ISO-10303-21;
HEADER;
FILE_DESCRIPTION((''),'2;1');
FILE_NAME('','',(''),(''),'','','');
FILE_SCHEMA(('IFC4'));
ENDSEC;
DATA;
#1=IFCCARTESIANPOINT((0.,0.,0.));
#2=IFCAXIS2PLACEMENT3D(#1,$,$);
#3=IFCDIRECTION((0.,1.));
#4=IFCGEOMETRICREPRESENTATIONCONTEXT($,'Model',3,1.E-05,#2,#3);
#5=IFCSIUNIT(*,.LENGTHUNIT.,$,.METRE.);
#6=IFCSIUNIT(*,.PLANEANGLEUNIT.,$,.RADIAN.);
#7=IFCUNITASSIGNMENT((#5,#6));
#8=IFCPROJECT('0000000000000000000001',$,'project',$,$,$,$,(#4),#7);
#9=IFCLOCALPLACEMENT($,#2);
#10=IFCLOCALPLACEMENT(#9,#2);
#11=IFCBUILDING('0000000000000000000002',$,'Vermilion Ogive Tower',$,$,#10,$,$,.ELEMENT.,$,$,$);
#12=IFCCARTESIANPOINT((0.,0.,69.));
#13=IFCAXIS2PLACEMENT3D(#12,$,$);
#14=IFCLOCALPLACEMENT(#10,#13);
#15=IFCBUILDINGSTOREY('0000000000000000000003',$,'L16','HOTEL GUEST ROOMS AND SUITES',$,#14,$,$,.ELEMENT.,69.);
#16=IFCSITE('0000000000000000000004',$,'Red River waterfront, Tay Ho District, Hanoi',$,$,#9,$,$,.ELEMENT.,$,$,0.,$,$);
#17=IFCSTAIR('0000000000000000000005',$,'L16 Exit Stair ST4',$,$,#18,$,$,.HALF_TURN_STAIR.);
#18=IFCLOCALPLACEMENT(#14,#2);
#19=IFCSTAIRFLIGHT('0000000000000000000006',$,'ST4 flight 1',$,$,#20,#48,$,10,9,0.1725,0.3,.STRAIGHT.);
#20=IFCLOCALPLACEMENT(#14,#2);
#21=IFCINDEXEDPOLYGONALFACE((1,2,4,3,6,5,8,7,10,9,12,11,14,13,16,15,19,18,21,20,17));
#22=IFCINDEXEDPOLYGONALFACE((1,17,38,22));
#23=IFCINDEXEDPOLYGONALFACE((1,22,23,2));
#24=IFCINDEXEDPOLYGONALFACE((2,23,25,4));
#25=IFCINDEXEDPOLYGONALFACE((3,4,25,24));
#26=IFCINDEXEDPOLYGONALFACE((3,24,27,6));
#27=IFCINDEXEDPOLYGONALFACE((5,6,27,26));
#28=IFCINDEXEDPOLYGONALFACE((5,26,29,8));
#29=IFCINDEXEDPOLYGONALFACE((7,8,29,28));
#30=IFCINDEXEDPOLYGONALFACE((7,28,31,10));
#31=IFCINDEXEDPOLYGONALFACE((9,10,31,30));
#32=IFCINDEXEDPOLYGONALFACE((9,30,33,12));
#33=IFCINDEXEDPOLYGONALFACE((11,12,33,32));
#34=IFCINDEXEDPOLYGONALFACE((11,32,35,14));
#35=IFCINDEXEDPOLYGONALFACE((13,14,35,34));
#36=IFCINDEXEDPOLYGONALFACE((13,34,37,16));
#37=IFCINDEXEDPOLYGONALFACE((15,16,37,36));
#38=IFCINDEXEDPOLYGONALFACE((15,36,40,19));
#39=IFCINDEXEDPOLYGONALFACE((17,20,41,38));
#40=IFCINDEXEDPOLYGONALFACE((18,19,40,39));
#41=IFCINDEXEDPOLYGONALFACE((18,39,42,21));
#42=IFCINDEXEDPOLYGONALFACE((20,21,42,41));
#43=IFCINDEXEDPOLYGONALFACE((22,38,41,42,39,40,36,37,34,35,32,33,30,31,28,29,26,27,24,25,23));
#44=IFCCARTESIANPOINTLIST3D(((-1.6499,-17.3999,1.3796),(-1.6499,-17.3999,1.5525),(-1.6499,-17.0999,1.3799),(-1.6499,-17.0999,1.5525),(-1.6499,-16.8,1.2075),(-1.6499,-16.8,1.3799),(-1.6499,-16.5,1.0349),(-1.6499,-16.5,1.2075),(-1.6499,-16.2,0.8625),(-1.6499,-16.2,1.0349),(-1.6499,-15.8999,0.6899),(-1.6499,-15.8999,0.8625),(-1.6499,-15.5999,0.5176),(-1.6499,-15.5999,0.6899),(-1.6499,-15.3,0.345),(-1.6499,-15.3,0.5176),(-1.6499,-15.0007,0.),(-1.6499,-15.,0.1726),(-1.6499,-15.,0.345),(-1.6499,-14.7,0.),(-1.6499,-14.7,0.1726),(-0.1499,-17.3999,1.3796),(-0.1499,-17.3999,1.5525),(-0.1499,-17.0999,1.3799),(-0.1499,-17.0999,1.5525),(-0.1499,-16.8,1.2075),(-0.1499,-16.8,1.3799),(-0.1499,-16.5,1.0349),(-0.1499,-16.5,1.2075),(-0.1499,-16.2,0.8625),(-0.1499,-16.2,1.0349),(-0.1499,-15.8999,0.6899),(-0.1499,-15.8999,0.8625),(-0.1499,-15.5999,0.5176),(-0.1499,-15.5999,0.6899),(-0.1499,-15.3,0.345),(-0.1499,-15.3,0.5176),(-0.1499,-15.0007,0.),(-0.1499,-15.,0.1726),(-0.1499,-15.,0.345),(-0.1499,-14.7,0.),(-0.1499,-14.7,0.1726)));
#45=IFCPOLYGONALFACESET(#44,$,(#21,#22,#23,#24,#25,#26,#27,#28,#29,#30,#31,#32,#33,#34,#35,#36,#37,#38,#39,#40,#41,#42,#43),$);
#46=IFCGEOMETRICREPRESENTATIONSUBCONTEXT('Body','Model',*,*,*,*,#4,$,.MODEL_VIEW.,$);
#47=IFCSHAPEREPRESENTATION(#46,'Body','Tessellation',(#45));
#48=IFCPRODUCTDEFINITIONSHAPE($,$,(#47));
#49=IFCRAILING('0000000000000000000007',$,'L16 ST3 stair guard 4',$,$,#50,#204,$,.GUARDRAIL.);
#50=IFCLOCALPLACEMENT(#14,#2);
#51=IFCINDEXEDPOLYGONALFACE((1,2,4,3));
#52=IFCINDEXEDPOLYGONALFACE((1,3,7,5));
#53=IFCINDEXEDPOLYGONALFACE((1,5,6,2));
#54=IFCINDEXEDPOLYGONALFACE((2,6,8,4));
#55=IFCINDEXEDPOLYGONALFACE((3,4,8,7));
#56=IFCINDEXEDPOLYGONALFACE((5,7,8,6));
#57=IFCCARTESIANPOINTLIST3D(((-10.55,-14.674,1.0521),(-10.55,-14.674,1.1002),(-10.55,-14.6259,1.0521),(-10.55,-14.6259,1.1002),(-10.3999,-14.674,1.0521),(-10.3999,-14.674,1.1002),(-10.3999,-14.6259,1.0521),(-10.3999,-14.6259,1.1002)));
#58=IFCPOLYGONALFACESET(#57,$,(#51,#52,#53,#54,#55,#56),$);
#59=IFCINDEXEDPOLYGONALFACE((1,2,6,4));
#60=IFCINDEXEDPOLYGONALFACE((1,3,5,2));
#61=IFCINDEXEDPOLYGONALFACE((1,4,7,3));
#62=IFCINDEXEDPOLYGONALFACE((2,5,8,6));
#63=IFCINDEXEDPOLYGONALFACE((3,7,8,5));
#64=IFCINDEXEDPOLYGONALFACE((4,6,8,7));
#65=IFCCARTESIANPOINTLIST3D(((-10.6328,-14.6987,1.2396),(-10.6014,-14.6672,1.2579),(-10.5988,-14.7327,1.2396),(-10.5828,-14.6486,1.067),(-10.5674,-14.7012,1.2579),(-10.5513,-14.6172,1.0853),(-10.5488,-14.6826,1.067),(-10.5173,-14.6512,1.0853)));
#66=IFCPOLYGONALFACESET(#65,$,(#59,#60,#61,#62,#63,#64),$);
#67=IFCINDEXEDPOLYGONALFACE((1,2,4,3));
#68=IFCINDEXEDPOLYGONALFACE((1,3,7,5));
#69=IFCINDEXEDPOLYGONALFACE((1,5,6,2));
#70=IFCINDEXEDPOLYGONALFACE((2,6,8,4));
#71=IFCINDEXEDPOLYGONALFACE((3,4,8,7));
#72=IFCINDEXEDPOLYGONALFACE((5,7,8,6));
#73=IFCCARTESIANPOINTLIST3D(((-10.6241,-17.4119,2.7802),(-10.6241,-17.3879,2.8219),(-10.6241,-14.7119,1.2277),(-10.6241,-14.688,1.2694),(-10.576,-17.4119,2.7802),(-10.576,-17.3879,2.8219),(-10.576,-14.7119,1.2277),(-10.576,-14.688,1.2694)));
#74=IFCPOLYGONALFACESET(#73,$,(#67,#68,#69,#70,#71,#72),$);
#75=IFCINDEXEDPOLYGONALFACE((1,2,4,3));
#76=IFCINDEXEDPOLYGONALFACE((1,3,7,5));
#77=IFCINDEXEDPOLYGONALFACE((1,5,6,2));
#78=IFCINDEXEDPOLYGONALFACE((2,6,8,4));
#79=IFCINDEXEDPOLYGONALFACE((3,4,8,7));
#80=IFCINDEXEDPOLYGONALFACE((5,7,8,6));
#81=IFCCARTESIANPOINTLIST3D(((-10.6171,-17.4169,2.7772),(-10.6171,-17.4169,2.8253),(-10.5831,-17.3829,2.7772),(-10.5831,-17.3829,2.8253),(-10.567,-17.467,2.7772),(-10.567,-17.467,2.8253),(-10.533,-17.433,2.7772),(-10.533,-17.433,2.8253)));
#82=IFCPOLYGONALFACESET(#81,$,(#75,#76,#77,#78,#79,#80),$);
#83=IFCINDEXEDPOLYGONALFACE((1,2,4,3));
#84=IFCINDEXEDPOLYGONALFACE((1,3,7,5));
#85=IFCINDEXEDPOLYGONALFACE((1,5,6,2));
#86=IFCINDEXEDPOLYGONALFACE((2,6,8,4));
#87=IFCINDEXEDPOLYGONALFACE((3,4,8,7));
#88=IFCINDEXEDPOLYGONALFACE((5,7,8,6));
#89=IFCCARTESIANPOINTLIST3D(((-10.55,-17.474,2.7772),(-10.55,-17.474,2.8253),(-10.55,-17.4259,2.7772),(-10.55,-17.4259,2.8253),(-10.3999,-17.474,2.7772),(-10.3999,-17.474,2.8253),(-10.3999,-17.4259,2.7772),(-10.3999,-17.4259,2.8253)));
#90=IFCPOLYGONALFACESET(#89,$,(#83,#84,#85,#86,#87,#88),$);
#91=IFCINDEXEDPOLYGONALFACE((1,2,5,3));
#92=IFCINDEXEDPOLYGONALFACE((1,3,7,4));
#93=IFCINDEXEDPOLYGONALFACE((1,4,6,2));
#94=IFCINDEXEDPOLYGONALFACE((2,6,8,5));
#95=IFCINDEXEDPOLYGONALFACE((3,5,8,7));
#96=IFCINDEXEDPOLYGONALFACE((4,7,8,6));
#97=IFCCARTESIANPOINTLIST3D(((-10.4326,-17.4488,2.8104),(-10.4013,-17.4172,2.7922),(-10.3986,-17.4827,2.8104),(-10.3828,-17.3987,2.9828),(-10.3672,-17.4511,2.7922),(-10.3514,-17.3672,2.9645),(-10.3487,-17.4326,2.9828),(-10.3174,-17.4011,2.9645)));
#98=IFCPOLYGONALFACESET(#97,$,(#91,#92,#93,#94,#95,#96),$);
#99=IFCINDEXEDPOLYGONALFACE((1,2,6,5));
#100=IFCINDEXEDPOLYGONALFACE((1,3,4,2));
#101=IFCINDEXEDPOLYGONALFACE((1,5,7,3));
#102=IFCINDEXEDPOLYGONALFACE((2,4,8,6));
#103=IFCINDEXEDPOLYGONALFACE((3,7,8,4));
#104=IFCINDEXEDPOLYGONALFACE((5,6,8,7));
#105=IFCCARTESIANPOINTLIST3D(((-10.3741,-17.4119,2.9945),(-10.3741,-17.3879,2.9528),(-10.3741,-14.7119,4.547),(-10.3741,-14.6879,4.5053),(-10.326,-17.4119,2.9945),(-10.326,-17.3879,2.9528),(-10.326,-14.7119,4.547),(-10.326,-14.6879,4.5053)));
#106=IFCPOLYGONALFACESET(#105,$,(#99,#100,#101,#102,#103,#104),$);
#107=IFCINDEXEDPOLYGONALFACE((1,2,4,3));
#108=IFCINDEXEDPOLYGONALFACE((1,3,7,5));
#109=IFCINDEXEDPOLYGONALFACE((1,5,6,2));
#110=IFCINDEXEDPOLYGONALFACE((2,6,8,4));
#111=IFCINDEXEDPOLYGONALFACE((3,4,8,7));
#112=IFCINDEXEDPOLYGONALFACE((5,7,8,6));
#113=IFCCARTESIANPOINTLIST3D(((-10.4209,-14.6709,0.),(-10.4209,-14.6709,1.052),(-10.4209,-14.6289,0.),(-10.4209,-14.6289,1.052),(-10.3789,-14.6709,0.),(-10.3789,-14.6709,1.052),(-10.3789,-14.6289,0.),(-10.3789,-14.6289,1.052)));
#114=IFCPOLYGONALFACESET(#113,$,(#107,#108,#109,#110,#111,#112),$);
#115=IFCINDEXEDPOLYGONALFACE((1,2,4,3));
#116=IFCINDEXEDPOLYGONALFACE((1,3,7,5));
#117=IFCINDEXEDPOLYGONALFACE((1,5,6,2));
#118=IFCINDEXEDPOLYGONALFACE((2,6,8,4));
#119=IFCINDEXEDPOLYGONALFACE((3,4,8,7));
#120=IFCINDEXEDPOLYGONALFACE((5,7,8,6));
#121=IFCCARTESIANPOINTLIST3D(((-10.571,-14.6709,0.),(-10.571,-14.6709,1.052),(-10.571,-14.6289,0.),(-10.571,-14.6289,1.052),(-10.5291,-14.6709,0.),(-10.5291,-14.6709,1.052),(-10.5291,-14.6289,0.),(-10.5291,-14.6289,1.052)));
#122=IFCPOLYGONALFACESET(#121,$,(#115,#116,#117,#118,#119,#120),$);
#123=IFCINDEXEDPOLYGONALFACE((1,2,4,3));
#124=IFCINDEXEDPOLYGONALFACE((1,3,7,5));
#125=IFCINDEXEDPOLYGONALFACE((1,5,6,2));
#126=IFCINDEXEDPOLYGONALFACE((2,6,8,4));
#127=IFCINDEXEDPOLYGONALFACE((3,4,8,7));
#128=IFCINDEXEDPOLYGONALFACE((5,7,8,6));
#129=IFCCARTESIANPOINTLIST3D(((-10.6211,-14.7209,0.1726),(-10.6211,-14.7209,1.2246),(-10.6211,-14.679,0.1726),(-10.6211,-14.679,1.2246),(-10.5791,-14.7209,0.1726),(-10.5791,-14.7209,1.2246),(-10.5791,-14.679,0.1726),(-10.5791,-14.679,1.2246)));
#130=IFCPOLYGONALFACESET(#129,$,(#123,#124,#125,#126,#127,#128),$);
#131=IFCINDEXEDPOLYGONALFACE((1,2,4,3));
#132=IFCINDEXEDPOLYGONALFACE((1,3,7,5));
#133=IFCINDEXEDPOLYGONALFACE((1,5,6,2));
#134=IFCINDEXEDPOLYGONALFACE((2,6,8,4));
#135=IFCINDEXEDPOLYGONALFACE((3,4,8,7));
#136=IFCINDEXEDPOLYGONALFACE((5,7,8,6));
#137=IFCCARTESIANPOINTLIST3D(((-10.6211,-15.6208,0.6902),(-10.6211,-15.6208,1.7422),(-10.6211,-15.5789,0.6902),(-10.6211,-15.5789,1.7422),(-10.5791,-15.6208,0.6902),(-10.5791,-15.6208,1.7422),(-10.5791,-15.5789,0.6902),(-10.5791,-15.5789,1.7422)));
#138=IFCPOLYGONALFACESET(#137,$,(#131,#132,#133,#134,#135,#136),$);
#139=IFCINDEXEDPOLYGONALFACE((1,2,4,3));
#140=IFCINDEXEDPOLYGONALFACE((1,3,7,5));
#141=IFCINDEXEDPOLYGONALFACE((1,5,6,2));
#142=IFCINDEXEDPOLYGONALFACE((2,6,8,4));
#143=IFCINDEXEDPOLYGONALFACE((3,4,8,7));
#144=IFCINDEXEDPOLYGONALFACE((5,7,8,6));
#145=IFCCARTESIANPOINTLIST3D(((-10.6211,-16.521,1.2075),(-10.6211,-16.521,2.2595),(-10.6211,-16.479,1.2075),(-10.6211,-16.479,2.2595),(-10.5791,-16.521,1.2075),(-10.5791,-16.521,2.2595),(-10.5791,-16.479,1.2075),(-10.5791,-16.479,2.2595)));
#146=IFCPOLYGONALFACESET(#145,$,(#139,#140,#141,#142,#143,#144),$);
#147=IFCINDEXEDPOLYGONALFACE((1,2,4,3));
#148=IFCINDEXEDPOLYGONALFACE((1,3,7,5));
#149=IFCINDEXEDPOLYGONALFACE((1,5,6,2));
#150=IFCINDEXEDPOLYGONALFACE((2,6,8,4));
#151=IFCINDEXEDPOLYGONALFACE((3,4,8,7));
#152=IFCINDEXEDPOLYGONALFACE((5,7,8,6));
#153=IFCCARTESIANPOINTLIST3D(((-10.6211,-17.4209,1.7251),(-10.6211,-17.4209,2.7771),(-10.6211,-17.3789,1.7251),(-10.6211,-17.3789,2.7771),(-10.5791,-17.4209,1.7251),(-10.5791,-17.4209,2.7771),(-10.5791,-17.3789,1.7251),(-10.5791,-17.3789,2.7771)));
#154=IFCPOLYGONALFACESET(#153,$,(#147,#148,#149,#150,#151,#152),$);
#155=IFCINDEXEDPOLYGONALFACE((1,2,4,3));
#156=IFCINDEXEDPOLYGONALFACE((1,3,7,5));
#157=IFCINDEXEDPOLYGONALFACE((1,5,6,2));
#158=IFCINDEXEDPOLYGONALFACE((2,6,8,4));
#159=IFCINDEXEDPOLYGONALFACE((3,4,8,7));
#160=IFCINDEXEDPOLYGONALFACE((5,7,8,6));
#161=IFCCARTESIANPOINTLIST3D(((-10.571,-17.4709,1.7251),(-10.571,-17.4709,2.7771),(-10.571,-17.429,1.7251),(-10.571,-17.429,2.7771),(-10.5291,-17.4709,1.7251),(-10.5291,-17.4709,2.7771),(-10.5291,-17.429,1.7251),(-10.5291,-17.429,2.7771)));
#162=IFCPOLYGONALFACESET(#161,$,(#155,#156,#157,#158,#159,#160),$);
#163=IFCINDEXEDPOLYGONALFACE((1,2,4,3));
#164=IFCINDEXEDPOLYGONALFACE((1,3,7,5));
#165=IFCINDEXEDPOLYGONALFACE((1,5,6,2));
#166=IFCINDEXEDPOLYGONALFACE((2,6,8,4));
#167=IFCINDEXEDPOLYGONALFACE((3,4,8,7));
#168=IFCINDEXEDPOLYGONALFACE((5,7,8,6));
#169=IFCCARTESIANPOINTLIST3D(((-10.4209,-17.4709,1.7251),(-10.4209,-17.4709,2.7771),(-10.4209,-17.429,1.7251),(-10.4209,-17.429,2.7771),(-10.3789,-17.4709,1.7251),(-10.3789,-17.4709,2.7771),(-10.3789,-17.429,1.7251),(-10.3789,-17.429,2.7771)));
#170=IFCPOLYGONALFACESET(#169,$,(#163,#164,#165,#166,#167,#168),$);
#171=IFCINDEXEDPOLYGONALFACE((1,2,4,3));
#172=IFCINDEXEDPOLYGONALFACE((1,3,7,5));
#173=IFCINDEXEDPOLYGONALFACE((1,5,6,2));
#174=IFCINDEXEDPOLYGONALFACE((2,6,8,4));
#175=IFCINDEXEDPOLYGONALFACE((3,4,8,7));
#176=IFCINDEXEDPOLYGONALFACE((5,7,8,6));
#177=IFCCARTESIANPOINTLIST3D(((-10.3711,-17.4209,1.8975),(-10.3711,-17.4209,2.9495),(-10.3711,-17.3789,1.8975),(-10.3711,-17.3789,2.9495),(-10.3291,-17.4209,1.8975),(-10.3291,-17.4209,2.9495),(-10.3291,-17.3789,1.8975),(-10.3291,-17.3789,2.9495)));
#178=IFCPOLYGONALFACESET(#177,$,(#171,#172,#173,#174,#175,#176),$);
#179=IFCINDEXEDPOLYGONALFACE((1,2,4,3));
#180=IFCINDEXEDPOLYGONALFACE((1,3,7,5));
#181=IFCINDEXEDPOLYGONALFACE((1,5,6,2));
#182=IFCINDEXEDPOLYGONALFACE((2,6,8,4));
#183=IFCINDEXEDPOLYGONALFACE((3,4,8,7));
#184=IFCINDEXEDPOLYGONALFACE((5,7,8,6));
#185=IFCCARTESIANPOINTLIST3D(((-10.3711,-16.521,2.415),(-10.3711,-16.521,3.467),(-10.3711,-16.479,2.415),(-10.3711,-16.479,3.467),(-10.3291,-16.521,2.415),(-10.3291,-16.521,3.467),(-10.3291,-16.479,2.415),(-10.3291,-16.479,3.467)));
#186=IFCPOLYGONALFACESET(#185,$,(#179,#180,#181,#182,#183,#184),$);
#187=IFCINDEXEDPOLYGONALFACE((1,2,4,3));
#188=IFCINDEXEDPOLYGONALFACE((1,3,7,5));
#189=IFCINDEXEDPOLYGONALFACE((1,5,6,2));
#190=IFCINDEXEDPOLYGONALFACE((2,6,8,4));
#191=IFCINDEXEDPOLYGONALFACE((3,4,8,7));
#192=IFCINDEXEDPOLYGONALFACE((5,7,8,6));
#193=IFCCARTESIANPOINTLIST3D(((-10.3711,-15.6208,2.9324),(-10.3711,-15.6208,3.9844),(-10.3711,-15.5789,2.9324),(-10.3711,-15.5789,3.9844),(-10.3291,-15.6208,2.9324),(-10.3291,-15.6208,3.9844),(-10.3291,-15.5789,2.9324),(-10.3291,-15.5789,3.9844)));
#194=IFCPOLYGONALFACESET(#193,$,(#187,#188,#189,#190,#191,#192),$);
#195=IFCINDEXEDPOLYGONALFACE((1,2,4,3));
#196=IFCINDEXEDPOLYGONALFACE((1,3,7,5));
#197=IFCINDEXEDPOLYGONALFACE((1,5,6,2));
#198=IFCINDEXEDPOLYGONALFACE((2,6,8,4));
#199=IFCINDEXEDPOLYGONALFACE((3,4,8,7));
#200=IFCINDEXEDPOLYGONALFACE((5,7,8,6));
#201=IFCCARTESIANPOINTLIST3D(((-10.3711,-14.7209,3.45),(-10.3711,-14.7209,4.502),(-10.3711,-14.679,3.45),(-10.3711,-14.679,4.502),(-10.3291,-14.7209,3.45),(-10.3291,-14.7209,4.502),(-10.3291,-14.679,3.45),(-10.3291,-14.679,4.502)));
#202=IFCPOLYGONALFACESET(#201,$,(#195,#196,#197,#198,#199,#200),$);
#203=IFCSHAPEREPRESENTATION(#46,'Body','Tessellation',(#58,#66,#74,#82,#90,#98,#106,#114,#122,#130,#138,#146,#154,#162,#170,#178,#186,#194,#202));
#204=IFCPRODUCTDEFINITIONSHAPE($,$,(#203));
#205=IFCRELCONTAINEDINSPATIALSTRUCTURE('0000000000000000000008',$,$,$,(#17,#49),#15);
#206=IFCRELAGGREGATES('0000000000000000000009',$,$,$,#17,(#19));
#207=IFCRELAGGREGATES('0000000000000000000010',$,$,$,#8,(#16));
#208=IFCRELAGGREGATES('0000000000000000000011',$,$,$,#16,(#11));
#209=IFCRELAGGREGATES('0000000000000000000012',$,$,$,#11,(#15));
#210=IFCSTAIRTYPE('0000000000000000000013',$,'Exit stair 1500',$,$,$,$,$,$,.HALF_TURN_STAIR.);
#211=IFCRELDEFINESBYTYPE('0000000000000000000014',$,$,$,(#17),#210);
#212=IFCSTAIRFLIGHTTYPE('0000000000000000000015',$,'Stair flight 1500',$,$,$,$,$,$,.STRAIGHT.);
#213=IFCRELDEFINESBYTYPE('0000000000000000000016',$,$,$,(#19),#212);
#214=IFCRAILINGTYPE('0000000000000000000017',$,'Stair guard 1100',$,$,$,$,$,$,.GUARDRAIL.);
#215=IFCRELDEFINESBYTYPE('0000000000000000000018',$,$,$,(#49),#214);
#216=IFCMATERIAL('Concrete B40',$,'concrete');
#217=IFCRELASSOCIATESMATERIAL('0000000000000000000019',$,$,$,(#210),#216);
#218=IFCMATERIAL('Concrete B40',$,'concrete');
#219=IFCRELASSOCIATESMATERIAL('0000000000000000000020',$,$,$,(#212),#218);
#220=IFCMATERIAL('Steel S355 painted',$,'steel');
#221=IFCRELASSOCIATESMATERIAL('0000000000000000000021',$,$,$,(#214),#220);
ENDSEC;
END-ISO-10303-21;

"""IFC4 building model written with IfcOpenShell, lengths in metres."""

from ifc_helpers import new_model, si_unit, direction, frame, origin, origin_2d, place, context, subcontext, project, spatial, polyline, rectangle, outline, extrude, material, type_object, element, aggregate, save


model = new_model("IFC4")

# Units and contexts
model_context = context("Model", 3, precision=1e-05, world=origin(), true_north=direction((0.0, 1.0)))
body_context = subcontext(model_context, "Body", "Model", "MODEL_VIEW")
ifc_project = project(units=[si_unit("LENGTHUNIT", "METRE"), si_unit("PLANEANGLEUNIT", "RADIAN")], contexts=[model_context])

# Site, building, storey
site_placement = place(None, origin())
site = spatial("IfcSite", under=ifc_project, at=site_placement, Name="Red River waterfront, Tay Ho District, Hanoi", CompositionType="ELEMENT", RefElevation=0.0)
building_placement = place(site_placement, origin())
building = spatial("IfcBuilding", under=site, at=building_placement, Name="Vermilion Ogive Tower", CompositionType="ELEMENT")
storey_placement = place(building_placement, frame((0.0, 0.0, 69.0)))
storey = spatial("IfcBuildingStorey", under=building, at=storey_placement, Name="L16", Description="HOTEL GUEST ROOMS AND SUITES", CompositionType="ELEMENT", Elevation=69.0)

# Shared definitions
ifc_material_1 = material(Name="Concrete B40", Category="concrete")
stair_type = type_object("IfcStairType", Name="Exit stair 1500", PredefinedType="HALF_TURN_STAIR", material=ifc_material_1)
ifc_material_2 = material(Name="Concrete B40", Category="concrete")
stair_flight_type = type_object("IfcStairFlightType", Name="Stair flight 1500", PredefinedType="STRAIGHT", material=ifc_material_2)

# Stair, stair flight
stair_1_placement = place(storey_placement, origin())
stair_1 = element("IfcStair", 1, at=stair_1_placement, inside=storey, type_object=stair_type, Name="L16 Exit Stair ST4", PredefinedType="HALF_TURN_STAIR")
stair_flight_1_placement = place(storey_placement, frame((-0.8999, -14.7, 0.0), z_axis=(0.0, 0.0, 1.0), x_axis=(0.0, -1.0, 0.0)))
stair_flight_1 = element("IfcStairFlight", 2, at=stair_flight_1_placement, type_object=stair_flight_type, Name="ST4 flight 1", NumberOfRisers=10, NumberOfTreads=9, PredefinedType="STRAIGHT", RiserHeight=0.1725, TreadLength=0.3, context=body_context, shape_type="SweptSolid", body=[
    extrude(outline(polyline([(0.0, 0.0), (0.0, 0.1726), (0.3, 0.1726), (0.3, 0.345), (0.6001, 0.345), (0.6001, 0.5176), (0.8999, 0.5176), (0.8999, 0.6899), (1.2, 0.6899), (1.2, 0.8625), (1.5, 0.8625), (1.5, 1.0349), (1.8, 1.0349), (1.8, 1.2075), (2.1001, 1.2075), (2.1001, 1.3799), (2.3999, 1.3799), (2.3999, 1.5525), (2.7, 1.5525), (2.7, 1.7251), (2.7, 1.3796), (0.3008, 0.0), (0.0, 0.0)])), frame((0.0, 0.75, 0.0), z_axis=(0.0, -1.0, 0.0), x_axis=(1.0, 0.0, 0.0)), (0.0, 0.0, 1.0), 1.5),
])
aggregate(stair_1, [stair_flight_1])

# Railing
ifc_material_3 = material(Name="Steel S355 painted", Category="steel")
railing_type_1 = type_object("IfcRailingType", Name="Stair guard 1100", PredefinedType="GUARDRAIL", material=ifc_material_3)
railing_1_placement = place(storey_placement, frame((-10.3999, -14.6499, 0.0)))
element("IfcRailing", 3, at=railing_1_placement, inside=storey, type_object=railing_type_1, Name="L16 ST3 stair guard 4", PredefinedType="GUARDRAIL", context=body_context, shape_type="SweptSolid", body=[
    extrude(rectangle(XDim=0.0481, YDim=0.0481, at=origin_2d()), frame((0.0, 0.0, 1.0762), z_axis=(-1.0, 0.0, 0.0), x_axis=(0.0, -1.0, 0.0)), (0.0, 0.0, 1.0), 0.1501),
    extrude(rectangle(XDim=0.0481, YDim=0.0481, at=origin_2d()), frame((-0.1501, 0.0, 1.0762), z_axis=(-0.268278, -0.268278, 0.925232), x_axis=(0.707107, -0.707107, 0.0)), (0.0, 0.0, 1.0), 0.1865),
    extrude(rectangle(XDim=0.0481, YDim=0.0481, at=origin_2d()), frame((-0.2002, -0.05, 1.2485), z_axis=(0.0, -0.866904, 0.498476), x_axis=(1.0, 0.0, 0.0)), (0.0, 0.0, 1.0), 3.1145),
    extrude(rectangle(XDim=0.0481, YDim=0.0481, at=origin_2d()), frame((-0.2002, -2.75, 2.8013), z_axis=(0.707107, -0.707107, 0.0), x_axis=(0.707107, 0.707107, 0.0)), (0.0, 0.0, 1.0), 0.0708),
    extrude(rectangle(XDim=0.0481, YDim=0.0481, at=origin_2d()), frame((-0.1501, -2.8, 2.8013), z_axis=(1.0, 0.0, 0.0), x_axis=(0.0, 1.0, 0.0)), (0.0, 0.0, 1.0), 0.1501),
    extrude(rectangle(XDim=0.0481, YDim=0.0481, at=origin_2d()), frame((0.0, -2.8, 2.8013), z_axis=(0.267387, 0.268698, 0.925368), x_axis=(-0.708834, 0.705376, 0.0)), (0.0, 0.0, 1.0), 0.1863),
    extrude(rectangle(XDim=0.0481, YDim=0.0481, at=origin_2d()), frame((0.0498, -2.75, 2.9736), z_axis=(0.0, 0.866904, 0.498476), x_axis=(-1.0, 0.0, 0.0)), (0.0, 0.0, 1.0), 3.1145),
    extrude(rectangle(XDim=0.042, YDim=0.042, at=origin_2d()), origin(), (0.0, 0.0, 1.0), 1.052),
    extrude(rectangle(XDim=0.042, YDim=0.042, at=origin_2d()), frame((-0.1501, 0.0, 0.0)), (0.0, 0.0, 1.0), 1.052),
    extrude(rectangle(XDim=0.042, YDim=0.042, at=origin_2d()), frame((-0.2002, -0.05, 0.1726)), (0.0, 0.0, 1.0), 1.052),
    extrude(rectangle(XDim=0.042, YDim=0.042, at=origin_2d()), frame((-0.2002, -0.95, 0.6902)), (0.0, 0.0, 1.0), 1.052),
    extrude(rectangle(XDim=0.042, YDim=0.042, at=origin_2d()), frame((-0.2002, -1.8501, 1.2075)), (0.0, 0.0, 1.0), 1.052),
    extrude(rectangle(XDim=0.042, YDim=0.042, at=origin_2d()), frame((-0.2002, -2.75, 1.7251)), (0.0, 0.0, 1.0), 1.052),
    extrude(rectangle(XDim=0.042, YDim=0.042, at=origin_2d()), frame((-0.1501, -2.8, 1.7251)), (0.0, 0.0, 1.0), 1.052),
    extrude(rectangle(XDim=0.042, YDim=0.042, at=origin_2d()), frame((0.0, -2.8, 1.7251)), (0.0, 0.0, 1.0), 1.052),
    extrude(rectangle(XDim=0.042, YDim=0.042, at=origin_2d()), frame((0.0498, -2.75, 1.8975)), (0.0, 0.0, 1.0), 1.052),
    extrude(rectangle(XDim=0.042, YDim=0.042, at=origin_2d()), frame((0.0498, -1.8501, 2.415)), (0.0, 0.0, 1.0), 1.052),
    extrude(rectangle(XDim=0.042, YDim=0.042, at=origin_2d()), frame((0.0498, -0.95, 2.9324)), (0.0, 0.0, 1.0), 1.052),
    extrude(rectangle(XDim=0.042, YDim=0.042, at=origin_2d()), frame((0.0498, -0.05, 3.45)), (0.0, 0.0, 1.0), 1.052),
])

save(model, "model.ifc")
